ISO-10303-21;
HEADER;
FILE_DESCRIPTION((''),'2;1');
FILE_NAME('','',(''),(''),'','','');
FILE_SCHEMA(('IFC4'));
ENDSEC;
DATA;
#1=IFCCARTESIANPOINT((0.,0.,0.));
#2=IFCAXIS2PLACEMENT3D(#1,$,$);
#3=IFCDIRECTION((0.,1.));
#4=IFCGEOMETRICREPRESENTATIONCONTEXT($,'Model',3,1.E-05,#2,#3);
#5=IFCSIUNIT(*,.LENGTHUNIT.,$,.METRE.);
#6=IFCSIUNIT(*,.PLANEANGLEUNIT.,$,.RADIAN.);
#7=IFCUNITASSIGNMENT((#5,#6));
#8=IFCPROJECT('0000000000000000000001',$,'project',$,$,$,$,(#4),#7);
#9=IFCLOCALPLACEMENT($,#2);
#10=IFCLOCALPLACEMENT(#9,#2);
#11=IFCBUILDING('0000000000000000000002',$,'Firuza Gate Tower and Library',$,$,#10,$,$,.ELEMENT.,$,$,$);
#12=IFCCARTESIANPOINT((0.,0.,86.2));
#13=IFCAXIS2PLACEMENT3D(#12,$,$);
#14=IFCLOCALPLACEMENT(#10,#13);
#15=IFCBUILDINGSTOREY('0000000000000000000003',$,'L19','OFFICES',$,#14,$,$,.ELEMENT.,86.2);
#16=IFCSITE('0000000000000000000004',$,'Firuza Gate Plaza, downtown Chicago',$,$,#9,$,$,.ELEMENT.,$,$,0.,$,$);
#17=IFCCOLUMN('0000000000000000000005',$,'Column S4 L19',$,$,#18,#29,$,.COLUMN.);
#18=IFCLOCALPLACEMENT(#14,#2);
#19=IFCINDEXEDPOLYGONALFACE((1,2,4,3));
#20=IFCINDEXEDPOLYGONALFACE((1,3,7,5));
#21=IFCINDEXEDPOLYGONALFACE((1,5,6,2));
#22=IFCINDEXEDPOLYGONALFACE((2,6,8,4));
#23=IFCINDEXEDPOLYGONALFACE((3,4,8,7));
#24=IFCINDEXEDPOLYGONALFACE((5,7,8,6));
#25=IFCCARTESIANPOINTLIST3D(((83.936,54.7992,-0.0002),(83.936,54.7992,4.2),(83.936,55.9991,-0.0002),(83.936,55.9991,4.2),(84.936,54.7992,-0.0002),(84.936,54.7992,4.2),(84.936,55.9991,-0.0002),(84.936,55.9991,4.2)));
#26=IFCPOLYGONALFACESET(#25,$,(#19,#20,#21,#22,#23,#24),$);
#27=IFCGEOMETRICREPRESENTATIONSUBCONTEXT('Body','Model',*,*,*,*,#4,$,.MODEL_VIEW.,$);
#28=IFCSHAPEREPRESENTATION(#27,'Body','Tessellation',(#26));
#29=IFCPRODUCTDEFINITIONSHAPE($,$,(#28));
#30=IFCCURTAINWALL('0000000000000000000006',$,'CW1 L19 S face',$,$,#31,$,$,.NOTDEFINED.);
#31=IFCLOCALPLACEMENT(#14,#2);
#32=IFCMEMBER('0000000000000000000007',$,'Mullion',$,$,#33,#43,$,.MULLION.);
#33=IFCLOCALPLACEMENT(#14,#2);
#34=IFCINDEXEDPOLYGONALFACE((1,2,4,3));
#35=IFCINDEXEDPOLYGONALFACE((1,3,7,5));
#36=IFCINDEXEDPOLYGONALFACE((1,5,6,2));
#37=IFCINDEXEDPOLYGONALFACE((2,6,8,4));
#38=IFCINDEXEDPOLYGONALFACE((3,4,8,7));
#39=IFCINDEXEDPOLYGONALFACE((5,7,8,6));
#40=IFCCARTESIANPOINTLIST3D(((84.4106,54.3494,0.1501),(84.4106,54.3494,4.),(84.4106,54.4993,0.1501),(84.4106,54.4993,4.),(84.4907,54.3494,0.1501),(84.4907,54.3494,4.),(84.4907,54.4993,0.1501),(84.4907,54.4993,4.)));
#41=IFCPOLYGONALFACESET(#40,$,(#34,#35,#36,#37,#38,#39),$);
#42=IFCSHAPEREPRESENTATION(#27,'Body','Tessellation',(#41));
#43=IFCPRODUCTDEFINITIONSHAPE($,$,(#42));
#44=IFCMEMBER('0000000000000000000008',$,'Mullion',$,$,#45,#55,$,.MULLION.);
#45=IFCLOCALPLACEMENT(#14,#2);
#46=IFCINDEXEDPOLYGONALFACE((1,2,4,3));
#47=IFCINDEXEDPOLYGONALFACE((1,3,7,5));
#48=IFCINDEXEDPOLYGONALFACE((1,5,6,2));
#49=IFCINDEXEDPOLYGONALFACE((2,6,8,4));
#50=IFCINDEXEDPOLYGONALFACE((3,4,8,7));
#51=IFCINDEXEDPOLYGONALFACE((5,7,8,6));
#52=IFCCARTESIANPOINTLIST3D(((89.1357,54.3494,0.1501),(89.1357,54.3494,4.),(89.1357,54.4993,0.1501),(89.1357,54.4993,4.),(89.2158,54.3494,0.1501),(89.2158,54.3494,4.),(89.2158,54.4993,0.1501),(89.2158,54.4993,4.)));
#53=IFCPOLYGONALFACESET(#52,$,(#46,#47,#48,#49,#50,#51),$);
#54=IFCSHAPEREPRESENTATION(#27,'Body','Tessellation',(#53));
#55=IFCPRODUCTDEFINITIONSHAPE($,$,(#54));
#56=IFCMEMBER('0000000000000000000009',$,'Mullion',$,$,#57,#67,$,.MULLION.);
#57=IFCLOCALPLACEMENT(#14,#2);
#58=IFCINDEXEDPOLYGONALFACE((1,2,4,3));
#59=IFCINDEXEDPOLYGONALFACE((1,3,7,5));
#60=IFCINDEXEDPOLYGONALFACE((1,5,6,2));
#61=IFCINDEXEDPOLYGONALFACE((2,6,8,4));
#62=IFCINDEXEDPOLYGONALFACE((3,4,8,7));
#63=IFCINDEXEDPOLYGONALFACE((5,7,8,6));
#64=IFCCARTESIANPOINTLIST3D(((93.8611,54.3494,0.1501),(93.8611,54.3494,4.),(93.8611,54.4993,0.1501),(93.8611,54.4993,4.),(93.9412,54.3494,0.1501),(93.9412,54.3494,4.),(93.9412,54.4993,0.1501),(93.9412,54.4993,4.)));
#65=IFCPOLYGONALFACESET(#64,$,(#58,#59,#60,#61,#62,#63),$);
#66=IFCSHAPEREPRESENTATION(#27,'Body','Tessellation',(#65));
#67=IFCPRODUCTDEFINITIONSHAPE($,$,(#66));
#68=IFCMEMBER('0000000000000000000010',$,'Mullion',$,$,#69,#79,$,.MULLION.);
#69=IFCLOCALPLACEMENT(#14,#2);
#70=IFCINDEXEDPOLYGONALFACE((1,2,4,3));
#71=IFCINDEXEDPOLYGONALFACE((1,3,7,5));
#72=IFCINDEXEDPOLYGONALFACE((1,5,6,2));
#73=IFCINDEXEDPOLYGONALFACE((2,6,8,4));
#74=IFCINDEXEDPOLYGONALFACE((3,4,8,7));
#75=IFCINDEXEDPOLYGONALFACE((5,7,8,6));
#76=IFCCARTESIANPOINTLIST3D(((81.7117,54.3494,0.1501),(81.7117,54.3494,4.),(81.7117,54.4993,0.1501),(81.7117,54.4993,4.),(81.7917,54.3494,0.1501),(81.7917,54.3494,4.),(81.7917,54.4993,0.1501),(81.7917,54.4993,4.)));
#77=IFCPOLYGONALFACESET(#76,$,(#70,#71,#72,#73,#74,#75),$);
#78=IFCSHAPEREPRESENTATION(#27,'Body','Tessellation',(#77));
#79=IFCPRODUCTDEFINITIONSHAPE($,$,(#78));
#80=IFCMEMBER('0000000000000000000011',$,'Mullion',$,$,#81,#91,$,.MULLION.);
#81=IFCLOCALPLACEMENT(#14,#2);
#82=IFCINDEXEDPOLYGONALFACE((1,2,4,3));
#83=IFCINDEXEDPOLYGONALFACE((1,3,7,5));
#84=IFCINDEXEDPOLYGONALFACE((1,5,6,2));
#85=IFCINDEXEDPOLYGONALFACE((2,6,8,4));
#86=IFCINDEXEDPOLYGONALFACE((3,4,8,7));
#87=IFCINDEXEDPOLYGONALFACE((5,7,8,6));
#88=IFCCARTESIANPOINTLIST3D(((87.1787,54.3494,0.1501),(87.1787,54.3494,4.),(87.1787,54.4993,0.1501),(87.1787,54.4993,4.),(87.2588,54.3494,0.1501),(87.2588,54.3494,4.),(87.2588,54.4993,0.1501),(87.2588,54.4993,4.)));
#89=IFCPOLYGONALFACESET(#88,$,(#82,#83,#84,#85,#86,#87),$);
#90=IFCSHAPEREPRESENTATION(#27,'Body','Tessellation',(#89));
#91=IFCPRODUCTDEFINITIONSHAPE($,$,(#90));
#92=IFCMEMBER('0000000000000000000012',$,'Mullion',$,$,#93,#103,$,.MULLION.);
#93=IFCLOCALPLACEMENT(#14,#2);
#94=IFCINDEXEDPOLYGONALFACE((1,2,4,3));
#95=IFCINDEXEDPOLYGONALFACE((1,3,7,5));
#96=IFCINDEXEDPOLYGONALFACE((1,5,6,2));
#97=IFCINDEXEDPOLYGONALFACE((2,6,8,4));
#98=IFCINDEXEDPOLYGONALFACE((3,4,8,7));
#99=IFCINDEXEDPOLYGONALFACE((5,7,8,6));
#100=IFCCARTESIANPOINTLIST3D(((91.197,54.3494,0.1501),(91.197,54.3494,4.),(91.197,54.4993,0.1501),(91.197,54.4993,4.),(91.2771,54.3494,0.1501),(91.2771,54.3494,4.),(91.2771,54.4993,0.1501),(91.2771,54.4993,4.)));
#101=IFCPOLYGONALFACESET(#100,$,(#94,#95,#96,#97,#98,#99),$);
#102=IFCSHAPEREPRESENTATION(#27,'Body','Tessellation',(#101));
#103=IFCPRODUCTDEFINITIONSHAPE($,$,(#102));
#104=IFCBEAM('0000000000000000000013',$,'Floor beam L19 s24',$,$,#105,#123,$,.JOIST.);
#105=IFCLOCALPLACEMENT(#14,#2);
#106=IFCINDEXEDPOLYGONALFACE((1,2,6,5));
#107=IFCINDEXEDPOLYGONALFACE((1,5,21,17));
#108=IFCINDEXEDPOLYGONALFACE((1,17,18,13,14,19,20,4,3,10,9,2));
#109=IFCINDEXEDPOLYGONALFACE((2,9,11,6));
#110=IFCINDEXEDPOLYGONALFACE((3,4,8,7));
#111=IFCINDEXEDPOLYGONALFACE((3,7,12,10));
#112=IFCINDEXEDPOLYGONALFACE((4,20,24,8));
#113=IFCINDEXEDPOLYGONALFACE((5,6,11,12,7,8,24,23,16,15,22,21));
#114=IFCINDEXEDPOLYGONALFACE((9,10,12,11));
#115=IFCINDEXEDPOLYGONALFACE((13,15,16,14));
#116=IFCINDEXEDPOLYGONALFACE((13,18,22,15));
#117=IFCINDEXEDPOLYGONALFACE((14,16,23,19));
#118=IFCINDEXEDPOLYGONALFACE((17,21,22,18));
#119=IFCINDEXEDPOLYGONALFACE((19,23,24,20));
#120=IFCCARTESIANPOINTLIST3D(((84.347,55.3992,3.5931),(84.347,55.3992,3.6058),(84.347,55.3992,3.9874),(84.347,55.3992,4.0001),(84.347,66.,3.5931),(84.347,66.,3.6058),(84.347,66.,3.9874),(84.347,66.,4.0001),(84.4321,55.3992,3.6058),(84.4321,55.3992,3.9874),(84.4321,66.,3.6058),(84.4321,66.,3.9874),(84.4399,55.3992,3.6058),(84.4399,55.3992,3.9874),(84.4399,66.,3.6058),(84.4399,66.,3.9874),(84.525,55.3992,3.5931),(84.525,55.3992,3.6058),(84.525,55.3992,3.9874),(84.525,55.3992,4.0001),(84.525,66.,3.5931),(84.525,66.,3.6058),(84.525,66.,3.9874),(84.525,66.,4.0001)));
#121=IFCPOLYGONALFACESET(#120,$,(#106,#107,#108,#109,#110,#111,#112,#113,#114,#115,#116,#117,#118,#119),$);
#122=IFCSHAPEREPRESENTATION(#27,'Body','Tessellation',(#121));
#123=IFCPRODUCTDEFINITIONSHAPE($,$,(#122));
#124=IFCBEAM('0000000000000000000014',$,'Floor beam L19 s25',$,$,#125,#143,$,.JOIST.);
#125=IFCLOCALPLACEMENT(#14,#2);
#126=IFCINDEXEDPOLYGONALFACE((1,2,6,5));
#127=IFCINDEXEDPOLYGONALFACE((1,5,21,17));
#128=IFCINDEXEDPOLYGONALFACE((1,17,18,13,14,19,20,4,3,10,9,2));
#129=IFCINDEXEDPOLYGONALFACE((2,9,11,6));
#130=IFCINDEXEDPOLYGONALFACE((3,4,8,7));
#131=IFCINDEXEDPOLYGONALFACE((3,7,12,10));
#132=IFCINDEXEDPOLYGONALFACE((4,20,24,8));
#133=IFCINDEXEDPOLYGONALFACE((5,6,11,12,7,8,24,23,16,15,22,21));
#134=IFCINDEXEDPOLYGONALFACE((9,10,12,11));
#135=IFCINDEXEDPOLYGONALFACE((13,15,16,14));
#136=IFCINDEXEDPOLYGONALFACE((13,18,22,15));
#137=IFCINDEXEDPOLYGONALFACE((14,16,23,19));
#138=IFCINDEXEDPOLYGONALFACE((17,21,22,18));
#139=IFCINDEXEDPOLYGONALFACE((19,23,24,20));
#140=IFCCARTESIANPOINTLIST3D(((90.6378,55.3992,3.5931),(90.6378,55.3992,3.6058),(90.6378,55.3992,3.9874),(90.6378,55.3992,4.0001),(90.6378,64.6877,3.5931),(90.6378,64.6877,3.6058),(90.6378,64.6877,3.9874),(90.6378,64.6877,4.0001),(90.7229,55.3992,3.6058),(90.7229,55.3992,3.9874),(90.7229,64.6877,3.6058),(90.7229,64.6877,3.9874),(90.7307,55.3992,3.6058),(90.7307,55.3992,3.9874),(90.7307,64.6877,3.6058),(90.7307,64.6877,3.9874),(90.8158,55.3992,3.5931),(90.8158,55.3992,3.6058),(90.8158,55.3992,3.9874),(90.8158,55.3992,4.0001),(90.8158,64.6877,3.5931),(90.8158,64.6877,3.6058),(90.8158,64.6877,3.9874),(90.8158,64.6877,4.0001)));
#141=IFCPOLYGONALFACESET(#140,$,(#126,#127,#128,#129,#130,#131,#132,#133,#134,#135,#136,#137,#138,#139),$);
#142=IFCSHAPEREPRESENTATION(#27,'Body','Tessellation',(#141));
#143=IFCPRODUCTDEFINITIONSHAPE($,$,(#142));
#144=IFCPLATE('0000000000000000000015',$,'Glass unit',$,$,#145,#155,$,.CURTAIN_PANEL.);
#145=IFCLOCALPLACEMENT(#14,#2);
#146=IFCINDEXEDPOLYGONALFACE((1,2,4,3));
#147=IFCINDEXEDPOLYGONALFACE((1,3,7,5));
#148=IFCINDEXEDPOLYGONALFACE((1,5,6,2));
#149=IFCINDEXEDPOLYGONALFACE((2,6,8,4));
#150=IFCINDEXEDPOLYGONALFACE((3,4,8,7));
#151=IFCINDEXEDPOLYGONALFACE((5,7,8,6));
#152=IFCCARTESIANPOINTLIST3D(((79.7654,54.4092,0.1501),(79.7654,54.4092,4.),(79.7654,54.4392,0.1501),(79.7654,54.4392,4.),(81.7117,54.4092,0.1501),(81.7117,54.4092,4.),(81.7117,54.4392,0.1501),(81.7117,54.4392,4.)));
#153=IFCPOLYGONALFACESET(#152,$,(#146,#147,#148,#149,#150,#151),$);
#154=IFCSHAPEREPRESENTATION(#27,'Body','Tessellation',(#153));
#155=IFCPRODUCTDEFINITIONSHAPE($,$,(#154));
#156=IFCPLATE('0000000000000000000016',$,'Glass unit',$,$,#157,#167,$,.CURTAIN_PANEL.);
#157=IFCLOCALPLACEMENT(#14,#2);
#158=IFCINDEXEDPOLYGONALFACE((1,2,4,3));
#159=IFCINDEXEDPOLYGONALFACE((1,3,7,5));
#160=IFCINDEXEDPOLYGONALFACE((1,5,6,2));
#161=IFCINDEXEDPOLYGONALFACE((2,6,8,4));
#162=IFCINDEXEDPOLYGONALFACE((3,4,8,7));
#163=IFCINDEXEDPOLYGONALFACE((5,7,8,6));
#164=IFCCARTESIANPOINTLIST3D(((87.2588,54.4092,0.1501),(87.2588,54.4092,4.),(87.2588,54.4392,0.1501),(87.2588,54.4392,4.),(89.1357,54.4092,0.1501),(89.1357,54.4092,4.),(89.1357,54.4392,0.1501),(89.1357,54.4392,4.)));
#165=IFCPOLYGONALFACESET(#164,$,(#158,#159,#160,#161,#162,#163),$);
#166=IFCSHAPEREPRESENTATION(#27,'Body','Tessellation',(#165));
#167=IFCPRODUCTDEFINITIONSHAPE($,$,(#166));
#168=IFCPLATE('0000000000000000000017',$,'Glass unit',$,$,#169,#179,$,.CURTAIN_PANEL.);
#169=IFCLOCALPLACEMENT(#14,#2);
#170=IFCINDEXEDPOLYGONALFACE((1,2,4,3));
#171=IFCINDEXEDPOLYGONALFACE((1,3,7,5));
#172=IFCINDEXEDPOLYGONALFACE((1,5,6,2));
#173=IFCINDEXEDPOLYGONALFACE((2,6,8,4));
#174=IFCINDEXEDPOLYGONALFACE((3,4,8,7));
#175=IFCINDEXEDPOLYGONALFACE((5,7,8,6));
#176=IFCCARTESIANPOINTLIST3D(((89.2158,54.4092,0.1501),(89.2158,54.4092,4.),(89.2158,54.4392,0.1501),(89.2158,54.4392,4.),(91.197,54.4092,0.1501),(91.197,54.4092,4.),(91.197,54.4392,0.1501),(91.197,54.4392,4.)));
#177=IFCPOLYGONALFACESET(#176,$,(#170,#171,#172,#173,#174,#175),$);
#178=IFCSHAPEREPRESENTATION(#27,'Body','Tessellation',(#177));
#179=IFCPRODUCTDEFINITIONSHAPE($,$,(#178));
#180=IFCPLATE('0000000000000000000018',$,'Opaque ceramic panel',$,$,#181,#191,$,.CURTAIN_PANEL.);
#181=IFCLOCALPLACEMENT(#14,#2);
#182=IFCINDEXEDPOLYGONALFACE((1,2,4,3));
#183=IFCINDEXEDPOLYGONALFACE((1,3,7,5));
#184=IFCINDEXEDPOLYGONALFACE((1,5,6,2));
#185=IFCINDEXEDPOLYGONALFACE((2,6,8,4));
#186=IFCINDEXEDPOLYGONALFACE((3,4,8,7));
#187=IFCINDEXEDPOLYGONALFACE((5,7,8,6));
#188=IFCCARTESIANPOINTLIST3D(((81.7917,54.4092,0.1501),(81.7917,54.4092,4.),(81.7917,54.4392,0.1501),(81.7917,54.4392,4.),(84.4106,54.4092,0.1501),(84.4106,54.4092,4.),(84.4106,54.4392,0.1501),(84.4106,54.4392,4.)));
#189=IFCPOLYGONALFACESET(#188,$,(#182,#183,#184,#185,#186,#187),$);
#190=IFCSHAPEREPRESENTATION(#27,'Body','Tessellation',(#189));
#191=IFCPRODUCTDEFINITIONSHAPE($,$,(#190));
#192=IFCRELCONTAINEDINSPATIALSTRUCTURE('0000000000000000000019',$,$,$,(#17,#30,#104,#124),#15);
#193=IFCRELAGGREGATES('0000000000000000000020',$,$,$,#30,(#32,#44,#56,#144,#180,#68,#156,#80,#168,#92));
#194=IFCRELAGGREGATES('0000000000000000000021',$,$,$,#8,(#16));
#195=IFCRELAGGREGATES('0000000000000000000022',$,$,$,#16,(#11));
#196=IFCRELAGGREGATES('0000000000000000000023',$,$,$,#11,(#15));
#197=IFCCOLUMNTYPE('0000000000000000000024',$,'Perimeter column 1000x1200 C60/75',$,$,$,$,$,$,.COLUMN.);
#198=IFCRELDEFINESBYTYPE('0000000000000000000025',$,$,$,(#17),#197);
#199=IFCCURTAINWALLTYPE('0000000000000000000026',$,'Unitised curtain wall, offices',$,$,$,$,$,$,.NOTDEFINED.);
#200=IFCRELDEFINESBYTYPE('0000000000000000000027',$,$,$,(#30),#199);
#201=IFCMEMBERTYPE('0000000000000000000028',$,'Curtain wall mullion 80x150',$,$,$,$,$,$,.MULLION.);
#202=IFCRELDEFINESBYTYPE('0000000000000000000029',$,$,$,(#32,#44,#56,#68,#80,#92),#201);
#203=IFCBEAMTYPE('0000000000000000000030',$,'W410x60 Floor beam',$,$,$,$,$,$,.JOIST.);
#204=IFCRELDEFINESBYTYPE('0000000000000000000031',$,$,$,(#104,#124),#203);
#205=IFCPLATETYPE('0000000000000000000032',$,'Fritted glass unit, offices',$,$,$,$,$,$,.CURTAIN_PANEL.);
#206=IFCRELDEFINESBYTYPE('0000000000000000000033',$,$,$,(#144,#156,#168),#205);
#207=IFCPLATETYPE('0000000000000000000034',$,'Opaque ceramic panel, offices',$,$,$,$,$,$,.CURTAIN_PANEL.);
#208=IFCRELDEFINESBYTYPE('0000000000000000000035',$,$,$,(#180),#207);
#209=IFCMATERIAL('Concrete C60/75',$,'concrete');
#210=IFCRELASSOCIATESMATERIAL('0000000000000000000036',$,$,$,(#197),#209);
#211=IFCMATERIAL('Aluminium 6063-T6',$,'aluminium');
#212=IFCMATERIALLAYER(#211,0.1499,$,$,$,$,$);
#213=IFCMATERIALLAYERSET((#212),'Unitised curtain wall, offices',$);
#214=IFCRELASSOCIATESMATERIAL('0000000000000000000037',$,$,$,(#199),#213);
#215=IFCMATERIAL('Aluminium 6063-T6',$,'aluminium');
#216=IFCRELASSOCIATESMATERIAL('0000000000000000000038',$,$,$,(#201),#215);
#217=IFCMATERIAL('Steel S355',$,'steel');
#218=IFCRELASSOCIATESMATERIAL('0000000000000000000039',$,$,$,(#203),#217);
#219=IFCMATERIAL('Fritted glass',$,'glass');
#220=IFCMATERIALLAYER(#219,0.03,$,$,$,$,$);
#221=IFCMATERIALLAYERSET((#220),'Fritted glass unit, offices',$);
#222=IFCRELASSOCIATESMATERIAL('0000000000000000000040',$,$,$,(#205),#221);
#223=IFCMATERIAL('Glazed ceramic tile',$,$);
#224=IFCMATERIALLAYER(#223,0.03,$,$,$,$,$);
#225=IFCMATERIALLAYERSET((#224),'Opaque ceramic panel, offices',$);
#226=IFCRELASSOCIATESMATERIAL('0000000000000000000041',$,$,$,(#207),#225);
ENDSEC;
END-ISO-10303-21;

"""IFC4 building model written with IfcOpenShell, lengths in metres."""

from ifc_helpers import new_model, si_unit, direction, frame, origin, origin_2d, place, context, subcontext, project, spatial, polyline, rectangle, i_section, outline, extrude, material, layer, layer_set, material_profile, profile_set, type_object, element, aggregate, save


model = new_model("IFC4")

# Units and contexts
model_context = context("Model", 3, precision=1e-05, world=origin(), true_north=direction((0.0, 1.0)))
body_context = subcontext(model_context, "Body", "Model", "MODEL_VIEW")
ifc_project = project(units=[si_unit("LENGTHUNIT", "METRE"), si_unit("PLANEANGLEUNIT", "RADIAN")], contexts=[model_context])

# Site, building, storey
site_placement = place(None, origin())
site = spatial("IfcSite", under=ifc_project, at=site_placement, Name="Firuza Gate Plaza, downtown Chicago", CompositionType="ELEMENT", RefElevation=0.0)
building_placement = place(site_placement, origin())
building = spatial("IfcBuilding", under=site, at=building_placement, Name="Firuza Gate Tower and Library", CompositionType="ELEMENT")
storey_placement = place(building_placement, frame((0.0, 0.0, 86.2)))
storey = spatial("IfcBuildingStorey", under=building, at=storey_placement, Name="L19", Description="OFFICES", CompositionType="ELEMENT", Elevation=86.2)

# Column
ifc_material_1 = material(Name="Concrete C60/75", Category="concrete")
ifc_material_profile_1 = material_profile(ifc_material_1, rectangle(XDim=1.0, YDim=1.2, at=origin_2d()))
ifc_profile_set_1 = profile_set([ifc_material_profile_1], Name="Concrete C60/75")
column_type = type_object("IfcColumnType", Name="Perimeter column 1000x1200 C60/75", PredefinedType="COLUMN", material=ifc_profile_set_1)
column_placement = place(storey_placement, frame((84.436, 55.3992, -0.0002), z_axis=(0.0, 0.0, 1.0), x_axis=(1.0, 0.0, 0.0)))
element("IfcColumn", 1, at=column_placement, inside=storey, type_object=column_type, Name="Column S4 L19", PredefinedType="COLUMN", context=body_context, shape_type="SweptSolid", body=[
    extrude(rectangle(XDim=1.0, YDim=1.2, at=origin_2d()), origin(), (0.0, 0.0, 1.0), 4.2002),
])

# Curtain wall, members
ifc_material_2 = material(Name="Aluminium 6063-T6", Category="aluminium")
ifc_layer_1 = layer(ifc_material_2, 0.1499)
ifc_layer_set_1 = layer_set([ifc_layer_1], Name="Unitised curtain wall, offices")
curtain_wall_type = type_object("IfcCurtainWallType", Name="Unitised curtain wall, offices", PredefinedType="NOTDEFINED", material=ifc_layer_set_1)
curtain_wall_placement = place(storey_placement, origin())
curtain_wall = element("IfcCurtainWall", 2, at=curtain_wall_placement, inside=storey, type_object=curtain_wall_type, Name="CW1 L19 S face", PredefinedType="NOTDEFINED")
ifc_material_3 = material(Name="Aluminium 6063-T6", Category="aluminium")
ifc_material_profile_2 = material_profile(ifc_material_3, rectangle(XDim=0.1499, YDim=0.0801, at=origin_2d()))
ifc_profile_set_2 = profile_set([ifc_material_profile_2], Name="Aluminium 6063-T6")
member_type = type_object("IfcMemberType", Name="Curtain wall mullion 80x150", PredefinedType="MULLION", material=ifc_profile_set_2)
member_1_placement = place(storey_placement, frame((84.4507, 54.4243, 0.1501), z_axis=(0.0, 0.0, 1.0), x_axis=(0.0, 1.0, 0.0)))
member_1 = element("IfcMember", 3, at=member_1_placement, type_object=member_type, Name="Mullion", PredefinedType="MULLION", context=body_context, shape_type="SweptSolid", body=[
    extrude(rectangle(XDim=0.1499, YDim=0.0801, at=origin_2d()), origin(), (0.0, 0.0, 1.0), 3.8499),
])
member_2_placement = place(storey_placement, frame((89.1758, 54.4243, 0.1501), z_axis=(0.0, 0.0, 1.0), x_axis=(0.0, 1.0, 0.0)))
member_2 = element("IfcMember", 4, at=member_2_placement, type_object=member_type, Name="Mullion", PredefinedType="MULLION", context=body_context, shape_type="SweptSolid", body=[
    extrude(rectangle(XDim=0.1499, YDim=0.0801, at=origin_2d()), origin(), (0.0, 0.0, 1.0), 3.8499),
])
member_3_placement = place(storey_placement, frame((93.9011, 54.4243, 0.1501), z_axis=(0.0, 0.0, 1.0), x_axis=(0.0, 1.0, 0.0)))
member_3 = element("IfcMember", 5, at=member_3_placement, type_object=member_type, Name="Mullion", PredefinedType="MULLION", context=body_context, shape_type="SweptSolid", body=[
    extrude(rectangle(XDim=0.1499, YDim=0.0801, at=origin_2d()), origin(), (0.0, 0.0, 1.0), 3.8499),
])
member_4_placement = place(storey_placement, frame((81.7517, 54.4243, 0.1501), z_axis=(0.0, 0.0, 1.0), x_axis=(0.0, 1.0, 0.0)))
member_4 = element("IfcMember", 6, at=member_4_placement, type_object=member_type, Name="Mullion", PredefinedType="MULLION", context=body_context, shape_type="SweptSolid", body=[
    extrude(rectangle(XDim=0.1499, YDim=0.0801, at=origin_2d()), origin(), (0.0, 0.0, 1.0), 3.8499),
])
member_5_placement = place(storey_placement, frame((87.2188, 54.4243, 0.1501), z_axis=(0.0, 0.0, 1.0), x_axis=(0.0, 1.0, 0.0)))
member_5 = element("IfcMember", 7, at=member_5_placement, type_object=member_type, Name="Mullion", PredefinedType="MULLION", context=body_context, shape_type="SweptSolid", body=[
    extrude(rectangle(XDim=0.1499, YDim=0.0801, at=origin_2d()), origin(), (0.0, 0.0, 1.0), 3.8499),
])
member_6_placement = place(storey_placement, frame((91.2371, 54.4243, 0.1501), z_axis=(0.0, 0.0, 1.0), x_axis=(0.0, 1.0, 0.0)))
member_6 = element("IfcMember", 8, at=member_6_placement, type_object=member_type, Name="Mullion", PredefinedType="MULLION", context=body_context, shape_type="SweptSolid", body=[
    extrude(rectangle(XDim=0.1499, YDim=0.0801, at=origin_2d()), origin(), (0.0, 0.0, 1.0), 3.8499),
])

# Beams
ifc_material_4 = material(Name="Steel S355", Category="steel")
ifc_material_profile_3 = material_profile(ifc_material_4, i_section(OverallWidth=0.178, OverallDepth=0.407, WebThickness=0.0078, FlangeThickness=0.0127, at=origin_2d()))
ifc_profile_set_3 = profile_set([ifc_material_profile_3], Name="Steel S355")
beam_type = type_object("IfcBeamType", Name="W410x60 Floor beam", PredefinedType="JOIST", material=ifc_profile_set_3)
beam_1_placement = place(storey_placement, frame((84.436, 55.3992, 3.7966), z_axis=(0.0, 1.0, 0.0), x_axis=(-1.0, 0.0, 0.0)))
element("IfcBeam", 9, at=beam_1_placement, inside=storey, type_object=beam_type, Name="Floor beam L19 s24", PredefinedType="JOIST", context=body_context, shape_type="SweptSolid", body=[
    extrude(i_section(OverallWidth=0.178, OverallDepth=0.407, WebThickness=0.0078, FlangeThickness=0.0127, at=origin_2d()), origin(), (0.0, 0.0, 1.0), 10.6008),
])
beam_2_placement = place(storey_placement, frame((90.7268, 55.3992, 3.7966), z_axis=(0.0, 1.0, 0.0), x_axis=(-1.0, 0.0, 0.0)))
element("IfcBeam", 10, at=beam_2_placement, inside=storey, type_object=beam_type, Name="Floor beam L19 s25", PredefinedType="JOIST", context=body_context, shape_type="SweptSolid", body=[
    extrude(i_section(OverallWidth=0.178, OverallDepth=0.407, WebThickness=0.0078, FlangeThickness=0.0127, at=origin_2d()), origin(), (0.0, 0.0, 1.0), 9.2886),
])

# Plates
ifc_material_5 = material(Name="Fritted glass", Category="glass")
ifc_layer_2 = layer(ifc_material_5, 0.03)
ifc_layer_set_2 = layer_set([ifc_layer_2], Name="Fritted glass unit, offices")
plate_type_1 = type_object("IfcPlateType", Name="Fritted glass unit, offices", PredefinedType="CURTAIN_PANEL", material=ifc_layer_set_2)
plate_1_placement = place(storey_placement, frame((79.7654, 54.4092, 0.1501), z_axis=(0.0, -1.0, 0.0), x_axis=(1.0, 0.0, 0.0)))
plate_1 = element("IfcPlate", 11, at=plate_1_placement, type_object=plate_type_1, Name="Glass unit", PredefinedType="CURTAIN_PANEL", context=body_context, shape_type="SweptSolid", body=[
    extrude(outline(polyline([(0.0, 0.0), (1.9463, 0.0), (1.9463, 3.8499), (0.0, 3.8499), (0.0, 0.0)])), origin(), (0.0, 0.0, -1.0), 0.03),
])
plate_2_placement = place(storey_placement, frame((87.2588, 54.4092, 0.1501), z_axis=(0.0, -1.0, 0.0), x_axis=(1.0, 0.0, 0.0)))
plate_2 = element("IfcPlate", 12, at=plate_2_placement, type_object=plate_type_1, Name="Glass unit", PredefinedType="CURTAIN_PANEL", context=body_context, shape_type="SweptSolid", body=[
    extrude(outline(polyline([(0.0, 0.0), (1.877, 0.0), (1.877, 3.8499), (0.0, 3.8499), (0.0, 0.0)])), origin(), (0.0, 0.0, -1.0), 0.03),
])
plate_3_placement = place(storey_placement, frame((89.2158, 54.4092, 0.1501), z_axis=(0.0, -1.0, 0.0), x_axis=(1.0, 0.0, 0.0)))
plate_3 = element("IfcPlate", 13, at=plate_3_placement, type_object=plate_type_1, Name="Glass unit", PredefinedType="CURTAIN_PANEL", context=body_context, shape_type="SweptSolid", body=[
    extrude(outline(polyline([(0.0, 0.0), (1.9812, 0.0), (1.9812, 3.8499), (0.0, 3.8499), (0.0, 0.0)])), origin(), (0.0, 0.0, -1.0), 0.03),
])
ifc_material_6 = material(Name="Glazed ceramic tile")
ifc_layer_3 = layer(ifc_material_6, 0.03)
ifc_layer_set_3 = layer_set([ifc_layer_3], Name="Opaque ceramic panel, offices")
plate_type_2 = type_object("IfcPlateType", Name="Opaque ceramic panel, offices", PredefinedType="CURTAIN_PANEL", material=ifc_layer_set_3)
plate_4_placement = place(storey_placement, frame((81.7917, 54.4092, 0.1501), z_axis=(0.0, -1.0, 0.0), x_axis=(1.0, 0.0, 0.0)))
plate_4 = element("IfcPlate", 14, at=plate_4_placement, type_object=plate_type_2, Name="Opaque ceramic panel", PredefinedType="CURTAIN_PANEL", context=body_context, shape_type="SweptSolid", body=[
    extrude(outline(polyline([(0.0, 0.0), (2.6189, 0.0), (2.6189, 3.8499), (0.0, 3.8499), (0.0, 0.0)])), origin(), (0.0, 0.0, -1.0), 0.03),
])
aggregate(curtain_wall, [member_1, member_2, member_3, plate_1, plate_4, member_4, plate_2, member_5, plate_3, member_6])

save(model, "model.ifc")
